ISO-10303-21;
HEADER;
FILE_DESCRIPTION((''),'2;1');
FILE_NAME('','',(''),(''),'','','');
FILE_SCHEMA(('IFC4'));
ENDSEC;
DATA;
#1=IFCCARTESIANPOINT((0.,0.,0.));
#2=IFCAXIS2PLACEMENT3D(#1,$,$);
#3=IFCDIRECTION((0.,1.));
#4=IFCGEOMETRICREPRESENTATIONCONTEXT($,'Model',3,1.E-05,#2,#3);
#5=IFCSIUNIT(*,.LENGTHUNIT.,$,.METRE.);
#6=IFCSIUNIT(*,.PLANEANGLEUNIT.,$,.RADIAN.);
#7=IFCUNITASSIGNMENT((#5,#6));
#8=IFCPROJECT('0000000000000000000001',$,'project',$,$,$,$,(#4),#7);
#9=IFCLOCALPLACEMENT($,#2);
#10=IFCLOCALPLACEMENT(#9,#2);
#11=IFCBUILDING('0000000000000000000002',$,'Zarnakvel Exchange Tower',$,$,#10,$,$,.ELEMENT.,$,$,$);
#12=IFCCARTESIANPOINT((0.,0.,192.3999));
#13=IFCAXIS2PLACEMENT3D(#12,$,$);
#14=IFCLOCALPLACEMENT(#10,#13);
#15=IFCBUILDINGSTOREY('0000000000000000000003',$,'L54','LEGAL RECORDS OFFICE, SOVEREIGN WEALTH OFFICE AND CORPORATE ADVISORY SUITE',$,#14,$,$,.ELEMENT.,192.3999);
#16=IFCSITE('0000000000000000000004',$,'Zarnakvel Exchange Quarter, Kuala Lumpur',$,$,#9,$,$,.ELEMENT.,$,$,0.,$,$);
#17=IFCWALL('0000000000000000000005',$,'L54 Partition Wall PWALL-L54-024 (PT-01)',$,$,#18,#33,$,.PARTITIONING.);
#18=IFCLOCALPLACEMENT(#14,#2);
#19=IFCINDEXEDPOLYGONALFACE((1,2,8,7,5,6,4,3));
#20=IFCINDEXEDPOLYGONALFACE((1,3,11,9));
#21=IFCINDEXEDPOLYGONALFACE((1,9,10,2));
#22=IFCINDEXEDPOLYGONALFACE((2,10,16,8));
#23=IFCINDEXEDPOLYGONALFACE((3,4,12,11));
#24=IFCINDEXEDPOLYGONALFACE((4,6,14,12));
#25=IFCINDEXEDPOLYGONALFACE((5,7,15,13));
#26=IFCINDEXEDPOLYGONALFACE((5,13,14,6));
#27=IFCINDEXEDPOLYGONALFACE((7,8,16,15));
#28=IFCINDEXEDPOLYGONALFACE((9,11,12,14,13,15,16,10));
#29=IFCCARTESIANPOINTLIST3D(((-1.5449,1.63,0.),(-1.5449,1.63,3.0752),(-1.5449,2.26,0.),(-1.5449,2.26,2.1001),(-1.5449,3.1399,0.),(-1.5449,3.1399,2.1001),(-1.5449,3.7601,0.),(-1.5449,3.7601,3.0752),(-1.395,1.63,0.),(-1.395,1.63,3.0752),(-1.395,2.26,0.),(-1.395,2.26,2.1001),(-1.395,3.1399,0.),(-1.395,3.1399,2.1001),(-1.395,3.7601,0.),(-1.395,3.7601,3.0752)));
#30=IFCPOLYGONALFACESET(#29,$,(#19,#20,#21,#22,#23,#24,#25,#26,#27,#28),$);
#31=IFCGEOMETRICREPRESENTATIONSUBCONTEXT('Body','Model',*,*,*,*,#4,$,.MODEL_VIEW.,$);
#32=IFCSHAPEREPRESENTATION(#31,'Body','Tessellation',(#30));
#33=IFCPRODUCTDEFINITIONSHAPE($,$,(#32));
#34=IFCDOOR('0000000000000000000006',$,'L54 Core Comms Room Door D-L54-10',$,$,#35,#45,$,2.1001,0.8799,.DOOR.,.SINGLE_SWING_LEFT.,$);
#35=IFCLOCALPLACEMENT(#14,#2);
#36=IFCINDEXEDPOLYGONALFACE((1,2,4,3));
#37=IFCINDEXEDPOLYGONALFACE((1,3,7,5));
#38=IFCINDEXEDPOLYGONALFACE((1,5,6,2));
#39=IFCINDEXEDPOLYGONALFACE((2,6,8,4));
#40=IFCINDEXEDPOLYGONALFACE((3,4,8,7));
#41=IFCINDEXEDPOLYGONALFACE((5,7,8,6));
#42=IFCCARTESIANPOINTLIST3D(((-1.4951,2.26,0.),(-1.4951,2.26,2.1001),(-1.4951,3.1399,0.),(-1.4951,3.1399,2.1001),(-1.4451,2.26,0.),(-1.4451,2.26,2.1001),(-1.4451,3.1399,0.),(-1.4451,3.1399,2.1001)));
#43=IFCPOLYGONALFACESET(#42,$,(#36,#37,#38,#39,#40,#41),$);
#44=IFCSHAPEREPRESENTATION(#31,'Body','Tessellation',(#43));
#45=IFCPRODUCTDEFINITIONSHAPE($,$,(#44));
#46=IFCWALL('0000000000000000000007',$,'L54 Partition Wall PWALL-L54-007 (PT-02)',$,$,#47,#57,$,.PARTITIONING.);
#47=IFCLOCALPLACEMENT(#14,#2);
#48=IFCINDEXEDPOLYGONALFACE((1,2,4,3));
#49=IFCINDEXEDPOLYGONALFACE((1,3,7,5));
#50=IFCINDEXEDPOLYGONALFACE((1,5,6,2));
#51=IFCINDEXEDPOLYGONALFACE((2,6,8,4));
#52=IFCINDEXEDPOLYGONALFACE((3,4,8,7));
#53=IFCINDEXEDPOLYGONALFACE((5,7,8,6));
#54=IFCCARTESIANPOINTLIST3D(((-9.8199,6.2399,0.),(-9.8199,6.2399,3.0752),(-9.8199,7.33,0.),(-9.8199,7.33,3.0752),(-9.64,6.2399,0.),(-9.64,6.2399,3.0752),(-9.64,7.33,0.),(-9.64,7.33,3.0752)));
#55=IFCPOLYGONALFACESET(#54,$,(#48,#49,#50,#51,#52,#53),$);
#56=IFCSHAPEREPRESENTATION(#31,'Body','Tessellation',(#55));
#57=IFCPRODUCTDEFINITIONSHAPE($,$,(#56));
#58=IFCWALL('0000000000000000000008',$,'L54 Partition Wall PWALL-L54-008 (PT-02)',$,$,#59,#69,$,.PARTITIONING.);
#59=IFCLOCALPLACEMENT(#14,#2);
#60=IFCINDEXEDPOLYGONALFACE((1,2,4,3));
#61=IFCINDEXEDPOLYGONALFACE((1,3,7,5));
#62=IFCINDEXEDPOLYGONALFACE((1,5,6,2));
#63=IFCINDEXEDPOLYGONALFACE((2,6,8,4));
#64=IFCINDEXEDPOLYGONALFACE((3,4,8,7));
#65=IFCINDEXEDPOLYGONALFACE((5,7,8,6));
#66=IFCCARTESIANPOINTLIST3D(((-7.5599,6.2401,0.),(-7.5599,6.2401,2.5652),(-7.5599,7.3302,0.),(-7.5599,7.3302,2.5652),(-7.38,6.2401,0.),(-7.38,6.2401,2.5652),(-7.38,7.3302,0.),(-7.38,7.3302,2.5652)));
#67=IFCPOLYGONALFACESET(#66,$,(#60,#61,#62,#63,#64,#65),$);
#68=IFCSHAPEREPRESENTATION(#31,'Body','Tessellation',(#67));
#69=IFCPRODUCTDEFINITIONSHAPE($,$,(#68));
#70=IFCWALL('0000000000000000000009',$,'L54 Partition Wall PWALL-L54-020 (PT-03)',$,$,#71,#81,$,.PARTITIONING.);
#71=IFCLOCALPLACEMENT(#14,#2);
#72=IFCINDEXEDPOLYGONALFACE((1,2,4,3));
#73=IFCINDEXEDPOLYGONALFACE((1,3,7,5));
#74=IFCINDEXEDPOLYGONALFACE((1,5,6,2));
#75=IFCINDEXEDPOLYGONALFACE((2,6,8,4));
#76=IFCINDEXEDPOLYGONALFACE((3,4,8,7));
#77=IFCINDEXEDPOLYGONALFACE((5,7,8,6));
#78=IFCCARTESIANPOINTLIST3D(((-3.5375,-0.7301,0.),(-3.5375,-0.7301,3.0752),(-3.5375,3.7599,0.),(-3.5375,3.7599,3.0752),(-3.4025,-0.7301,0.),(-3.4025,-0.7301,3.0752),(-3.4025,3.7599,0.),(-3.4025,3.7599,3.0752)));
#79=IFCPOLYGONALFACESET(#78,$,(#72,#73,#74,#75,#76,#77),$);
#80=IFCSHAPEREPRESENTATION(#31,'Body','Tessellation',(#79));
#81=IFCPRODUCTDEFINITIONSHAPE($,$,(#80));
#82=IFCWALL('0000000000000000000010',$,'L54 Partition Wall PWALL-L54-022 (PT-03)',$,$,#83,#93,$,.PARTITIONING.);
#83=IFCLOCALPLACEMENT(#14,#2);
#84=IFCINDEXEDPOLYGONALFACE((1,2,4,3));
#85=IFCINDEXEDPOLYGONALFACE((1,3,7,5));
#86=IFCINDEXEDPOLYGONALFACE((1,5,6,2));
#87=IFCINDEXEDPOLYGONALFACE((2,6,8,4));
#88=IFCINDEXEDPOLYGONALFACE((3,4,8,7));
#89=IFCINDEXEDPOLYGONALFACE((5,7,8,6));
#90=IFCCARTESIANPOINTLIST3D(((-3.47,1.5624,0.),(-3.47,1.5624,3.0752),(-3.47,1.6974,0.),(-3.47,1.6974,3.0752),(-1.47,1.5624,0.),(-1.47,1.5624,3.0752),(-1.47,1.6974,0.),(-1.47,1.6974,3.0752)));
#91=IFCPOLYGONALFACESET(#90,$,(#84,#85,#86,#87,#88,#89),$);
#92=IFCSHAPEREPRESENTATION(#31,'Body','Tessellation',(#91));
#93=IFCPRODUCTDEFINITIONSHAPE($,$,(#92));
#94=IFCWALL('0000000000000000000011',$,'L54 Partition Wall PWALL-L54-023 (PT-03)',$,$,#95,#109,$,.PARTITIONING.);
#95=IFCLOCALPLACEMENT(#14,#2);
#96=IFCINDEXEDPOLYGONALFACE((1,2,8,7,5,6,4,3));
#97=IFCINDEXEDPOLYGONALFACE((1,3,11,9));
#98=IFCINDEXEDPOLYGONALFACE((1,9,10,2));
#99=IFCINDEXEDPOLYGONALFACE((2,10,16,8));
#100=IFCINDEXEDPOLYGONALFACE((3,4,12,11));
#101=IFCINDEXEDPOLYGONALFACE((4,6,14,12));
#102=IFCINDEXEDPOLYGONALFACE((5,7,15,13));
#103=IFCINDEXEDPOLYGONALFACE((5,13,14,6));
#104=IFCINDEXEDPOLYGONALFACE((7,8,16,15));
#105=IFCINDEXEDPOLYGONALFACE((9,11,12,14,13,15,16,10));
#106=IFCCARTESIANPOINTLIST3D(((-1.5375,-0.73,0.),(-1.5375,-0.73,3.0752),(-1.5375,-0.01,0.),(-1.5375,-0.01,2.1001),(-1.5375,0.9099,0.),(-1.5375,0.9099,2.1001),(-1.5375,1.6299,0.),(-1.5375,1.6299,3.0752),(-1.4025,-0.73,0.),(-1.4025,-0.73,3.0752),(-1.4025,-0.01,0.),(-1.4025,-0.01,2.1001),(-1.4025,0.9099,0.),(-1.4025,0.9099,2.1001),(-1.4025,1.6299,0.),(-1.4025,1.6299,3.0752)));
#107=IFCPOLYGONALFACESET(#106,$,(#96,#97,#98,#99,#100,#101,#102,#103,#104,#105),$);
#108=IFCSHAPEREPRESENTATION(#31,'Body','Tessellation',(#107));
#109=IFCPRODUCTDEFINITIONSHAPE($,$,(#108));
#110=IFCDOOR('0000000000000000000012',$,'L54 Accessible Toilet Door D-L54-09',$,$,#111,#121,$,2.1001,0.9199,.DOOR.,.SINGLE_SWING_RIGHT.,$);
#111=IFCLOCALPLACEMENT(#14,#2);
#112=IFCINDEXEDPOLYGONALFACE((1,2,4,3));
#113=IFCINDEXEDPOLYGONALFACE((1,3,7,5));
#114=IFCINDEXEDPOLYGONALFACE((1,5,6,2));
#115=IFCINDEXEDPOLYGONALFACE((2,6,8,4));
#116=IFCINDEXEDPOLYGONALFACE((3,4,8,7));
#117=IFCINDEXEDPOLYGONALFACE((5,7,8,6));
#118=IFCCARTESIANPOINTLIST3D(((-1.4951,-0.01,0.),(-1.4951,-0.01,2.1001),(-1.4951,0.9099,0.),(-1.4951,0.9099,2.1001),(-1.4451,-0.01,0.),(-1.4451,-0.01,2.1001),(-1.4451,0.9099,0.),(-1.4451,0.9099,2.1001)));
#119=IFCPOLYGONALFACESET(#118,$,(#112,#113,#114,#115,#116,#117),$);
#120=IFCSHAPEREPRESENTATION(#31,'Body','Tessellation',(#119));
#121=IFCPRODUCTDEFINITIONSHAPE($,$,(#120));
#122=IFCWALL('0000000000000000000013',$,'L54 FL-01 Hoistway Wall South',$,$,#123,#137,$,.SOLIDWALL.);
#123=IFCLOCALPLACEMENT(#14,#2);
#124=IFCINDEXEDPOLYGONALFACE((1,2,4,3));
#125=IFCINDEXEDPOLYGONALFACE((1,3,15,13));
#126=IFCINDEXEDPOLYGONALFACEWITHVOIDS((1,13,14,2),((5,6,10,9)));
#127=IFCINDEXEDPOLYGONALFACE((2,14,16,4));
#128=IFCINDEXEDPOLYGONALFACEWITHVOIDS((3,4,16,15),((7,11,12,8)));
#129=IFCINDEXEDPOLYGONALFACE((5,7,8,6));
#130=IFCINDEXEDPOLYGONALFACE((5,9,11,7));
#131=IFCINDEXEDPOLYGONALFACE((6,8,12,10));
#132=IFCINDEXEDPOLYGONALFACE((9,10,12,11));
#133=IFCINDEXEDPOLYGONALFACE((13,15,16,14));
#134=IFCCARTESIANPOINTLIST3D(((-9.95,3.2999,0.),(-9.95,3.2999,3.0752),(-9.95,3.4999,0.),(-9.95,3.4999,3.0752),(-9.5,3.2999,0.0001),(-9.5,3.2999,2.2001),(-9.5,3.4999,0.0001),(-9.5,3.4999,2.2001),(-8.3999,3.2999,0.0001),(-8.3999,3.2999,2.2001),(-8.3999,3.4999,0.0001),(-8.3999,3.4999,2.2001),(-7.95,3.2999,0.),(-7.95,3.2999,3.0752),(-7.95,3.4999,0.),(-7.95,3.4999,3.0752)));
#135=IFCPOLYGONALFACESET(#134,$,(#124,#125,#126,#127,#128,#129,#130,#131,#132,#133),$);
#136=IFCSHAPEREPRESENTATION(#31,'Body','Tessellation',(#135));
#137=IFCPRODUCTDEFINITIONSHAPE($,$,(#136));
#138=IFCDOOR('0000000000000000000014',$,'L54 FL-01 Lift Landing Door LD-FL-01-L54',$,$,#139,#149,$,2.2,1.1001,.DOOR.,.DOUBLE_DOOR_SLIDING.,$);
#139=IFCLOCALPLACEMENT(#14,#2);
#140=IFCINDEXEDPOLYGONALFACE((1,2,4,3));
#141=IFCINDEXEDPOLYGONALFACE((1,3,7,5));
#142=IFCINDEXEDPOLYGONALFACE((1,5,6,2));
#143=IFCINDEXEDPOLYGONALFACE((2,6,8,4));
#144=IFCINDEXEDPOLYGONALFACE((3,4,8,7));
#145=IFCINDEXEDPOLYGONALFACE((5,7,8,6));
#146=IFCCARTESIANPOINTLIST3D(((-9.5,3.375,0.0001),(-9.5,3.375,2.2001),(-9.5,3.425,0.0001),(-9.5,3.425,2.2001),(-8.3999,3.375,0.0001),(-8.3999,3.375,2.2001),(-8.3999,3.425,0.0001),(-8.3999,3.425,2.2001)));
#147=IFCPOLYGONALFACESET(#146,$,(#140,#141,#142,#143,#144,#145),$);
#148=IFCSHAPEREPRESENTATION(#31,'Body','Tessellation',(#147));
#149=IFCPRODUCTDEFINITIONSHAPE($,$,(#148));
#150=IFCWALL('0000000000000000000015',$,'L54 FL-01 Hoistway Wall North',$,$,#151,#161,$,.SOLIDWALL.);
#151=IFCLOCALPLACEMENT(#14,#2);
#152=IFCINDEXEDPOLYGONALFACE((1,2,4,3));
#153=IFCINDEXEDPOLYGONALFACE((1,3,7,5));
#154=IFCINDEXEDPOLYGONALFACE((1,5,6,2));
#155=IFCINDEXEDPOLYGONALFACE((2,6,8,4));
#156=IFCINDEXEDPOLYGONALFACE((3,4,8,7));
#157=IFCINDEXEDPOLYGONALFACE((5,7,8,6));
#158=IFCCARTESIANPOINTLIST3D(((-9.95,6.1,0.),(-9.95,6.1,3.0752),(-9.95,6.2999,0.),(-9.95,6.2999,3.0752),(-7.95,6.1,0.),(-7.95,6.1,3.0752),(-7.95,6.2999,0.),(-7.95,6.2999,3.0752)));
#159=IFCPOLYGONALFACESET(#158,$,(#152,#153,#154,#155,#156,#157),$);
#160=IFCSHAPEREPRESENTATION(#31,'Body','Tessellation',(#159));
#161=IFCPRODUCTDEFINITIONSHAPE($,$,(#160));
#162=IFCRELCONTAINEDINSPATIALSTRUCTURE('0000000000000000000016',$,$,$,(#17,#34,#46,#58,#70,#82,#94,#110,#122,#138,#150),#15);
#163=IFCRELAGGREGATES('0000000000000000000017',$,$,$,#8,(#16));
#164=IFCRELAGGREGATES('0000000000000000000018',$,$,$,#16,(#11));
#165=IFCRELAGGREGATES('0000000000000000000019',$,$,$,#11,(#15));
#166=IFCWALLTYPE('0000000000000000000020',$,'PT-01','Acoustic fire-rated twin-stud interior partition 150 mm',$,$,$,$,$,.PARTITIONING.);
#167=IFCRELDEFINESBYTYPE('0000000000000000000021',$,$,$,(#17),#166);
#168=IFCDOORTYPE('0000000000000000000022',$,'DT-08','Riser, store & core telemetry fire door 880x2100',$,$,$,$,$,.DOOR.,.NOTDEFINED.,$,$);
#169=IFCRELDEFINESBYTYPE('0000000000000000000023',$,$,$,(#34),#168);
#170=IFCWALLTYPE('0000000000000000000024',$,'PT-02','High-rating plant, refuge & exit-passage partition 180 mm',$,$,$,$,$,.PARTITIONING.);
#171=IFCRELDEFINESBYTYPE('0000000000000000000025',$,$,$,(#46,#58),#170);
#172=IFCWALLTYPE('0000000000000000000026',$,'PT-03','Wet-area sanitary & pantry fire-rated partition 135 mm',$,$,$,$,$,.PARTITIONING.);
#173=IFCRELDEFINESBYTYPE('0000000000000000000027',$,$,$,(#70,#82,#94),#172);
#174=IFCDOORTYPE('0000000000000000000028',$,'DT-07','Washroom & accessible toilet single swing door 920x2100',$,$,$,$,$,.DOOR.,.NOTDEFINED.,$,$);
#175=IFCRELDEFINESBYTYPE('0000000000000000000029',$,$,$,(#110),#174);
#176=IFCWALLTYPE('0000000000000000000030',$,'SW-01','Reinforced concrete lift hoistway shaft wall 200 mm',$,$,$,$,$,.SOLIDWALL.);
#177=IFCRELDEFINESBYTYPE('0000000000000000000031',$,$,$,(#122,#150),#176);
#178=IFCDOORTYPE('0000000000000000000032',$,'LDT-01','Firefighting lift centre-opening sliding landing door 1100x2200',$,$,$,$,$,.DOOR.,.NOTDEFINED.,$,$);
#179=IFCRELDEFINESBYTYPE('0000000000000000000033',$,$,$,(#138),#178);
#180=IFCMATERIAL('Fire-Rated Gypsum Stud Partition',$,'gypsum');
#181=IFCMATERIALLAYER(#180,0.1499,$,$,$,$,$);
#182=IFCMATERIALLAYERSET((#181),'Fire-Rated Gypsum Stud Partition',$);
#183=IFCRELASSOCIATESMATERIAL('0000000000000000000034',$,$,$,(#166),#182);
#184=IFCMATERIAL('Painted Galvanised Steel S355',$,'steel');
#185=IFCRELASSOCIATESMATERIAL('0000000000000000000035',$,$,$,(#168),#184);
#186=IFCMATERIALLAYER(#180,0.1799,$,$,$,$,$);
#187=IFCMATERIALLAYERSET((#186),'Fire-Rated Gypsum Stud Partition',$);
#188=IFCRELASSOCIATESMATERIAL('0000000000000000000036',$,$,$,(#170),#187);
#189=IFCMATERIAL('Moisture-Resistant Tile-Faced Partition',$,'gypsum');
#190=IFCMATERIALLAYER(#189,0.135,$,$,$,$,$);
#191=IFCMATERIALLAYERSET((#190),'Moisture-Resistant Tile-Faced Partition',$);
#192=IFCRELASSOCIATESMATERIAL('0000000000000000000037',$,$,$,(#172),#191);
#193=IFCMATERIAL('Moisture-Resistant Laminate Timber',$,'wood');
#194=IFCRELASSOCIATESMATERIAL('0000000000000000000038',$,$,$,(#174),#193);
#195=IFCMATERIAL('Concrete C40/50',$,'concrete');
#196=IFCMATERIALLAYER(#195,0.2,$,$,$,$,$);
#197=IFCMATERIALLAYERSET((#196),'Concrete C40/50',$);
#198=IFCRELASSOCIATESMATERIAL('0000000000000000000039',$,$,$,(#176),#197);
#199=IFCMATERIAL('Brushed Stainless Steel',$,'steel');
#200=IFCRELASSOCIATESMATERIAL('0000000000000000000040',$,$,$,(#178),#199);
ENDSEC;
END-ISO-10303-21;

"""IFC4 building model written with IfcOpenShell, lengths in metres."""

from ifc_helpers import new_model, si_unit, direction, frame, frame_2d, origin, place, context, subcontext, project, spatial, rectangle, extrude, source, transform, mapped, material, layer, layer_set, type_object, element, fill, save


model = new_model("IFC4")

# Units and contexts
model_context = context("Model", 3, precision=1e-05, world=origin(), true_north=direction((0.0, 1.0)))
body_context = subcontext(model_context, "Body", "Model", "MODEL_VIEW")
ifc_project = project(units=[si_unit("LENGTHUNIT", "METRE"), si_unit("PLANEANGLEUNIT", "RADIAN")], contexts=[model_context])

# Site, building, storey
site_placement = place(None, origin())
site = spatial("IfcSite", under=ifc_project, at=site_placement, Name="Zarnakvel Exchange Quarter, Kuala Lumpur", CompositionType="ELEMENT", RefElevation=0.0)
building_placement = place(site_placement, origin())
building = spatial("IfcBuilding", under=site, at=building_placement, Name="Zarnakvel Exchange Tower", CompositionType="ELEMENT")
storey_placement = place(building_placement, frame((0.0, 0.0, 192.3999)))
storey = spatial("IfcBuildingStorey", under=building, at=storey_placement, Name="L54", Description="LEGAL RECORDS OFFICE, SOVEREIGN WEALTH OFFICE AND CORPORATE ADVISORY SUITE", CompositionType="ELEMENT", Elevation=192.3999)

# Wall, opening, door
ifc_material_1 = material(Name="Fire-Rated Gypsum Stud Partition", Category="gypsum")
ifc_layer_1 = layer(ifc_material_1, 0.1499)
ifc_layer_set_1 = layer_set([ifc_layer_1], Name="Fire-Rated Gypsum Stud Partition")
wall_type_1 = type_object("IfcWallType", Name="PT-01", Description="Acoustic fire-rated twin-stud interior partition 150 mm", PredefinedType="PARTITIONING", material=ifc_layer_set_1)
wall_1_placement = place(storey_placement, frame((-1.47, 3.76, 0.0), z_axis=(0.0, 0.0, 1.0), x_axis=(0.0, -1.0, 0.0)))
wall_1 = element("IfcWall", 1, at=wall_1_placement, inside=storey, type_object=wall_type_1, Name="L54 Partition Wall PWALL-L54-024 (PT-01)", PredefinedType="PARTITIONING", context=body_context, shape_type="SweptSolid", body=[
    extrude(rectangle(XDim=2.1301, YDim=0.1499, at=frame_2d((1.0649, 0.0))), origin(), (0.0, 0.0, 1.0), 3.0752),
])
opening_1_placement = place(wall_1_placement, frame((0.6201, 0.0, 0.0)))
opening_1 = element("IfcOpeningElement", 2, at=opening_1_placement, cuts=wall_1, PredefinedType="OPENING", context=body_context, shape_type="SweptSolid", body=[
    extrude(rectangle(XDim=0.8799, YDim=2.1001, at=frame_2d((0.4399, 1.05))), frame((0.0, 0.085, 0.0), z_axis=(0.0, -1.0, 0.0), x_axis=(1.0, 0.0, 0.0)), (0.0, 0.0, 1.0), 0.1699),
])
ifc_material_2 = material(Name="Painted Galvanised Steel S355", Category="steel")
door_type_1 = type_object("IfcDoorType", Name="DT-08", Description="Riser, store & core telemetry fire door 880x2100", OperationType="NOTDEFINED", PredefinedType="DOOR", material=ifc_material_2)
shared_shape_1 = source(origin(), body_context, "Body", "SweptSolid", [
    extrude(rectangle(XDim=0.8799, YDim=2.1001, at=frame_2d((0.4399, 1.05))), frame((0.0, 0.0249, 0.0), z_axis=(0.0, -1.0, 0.0), x_axis=(1.0, 0.0, 0.0)), (0.0, 0.0, 1.0), 0.05),
])
door_1_placement = place(opening_1_placement, origin())
door_1 = element("IfcDoor", 3, at=door_1_placement, inside=storey, type_object=door_type_1, Name="L54 Core Comms Room Door D-L54-10", OperationType="SINGLE_SWING_LEFT", OverallHeight=2.1001, OverallWidth=0.8799, PredefinedType="DOOR", context=body_context, shape_type="MappedRepresentation", body=[
    mapped(shared_shape_1, transform((0.0, 0.0, 0.0), x_axis=(1.0, 0.0, 0.0), y_axis=(0.0, 1.0, 0.0), z_axis=(0.0, 0.0, 1.0), scale=1.0)),
])
fill(opening_1, door_1)

# Walls
ifc_layer_2 = layer(ifc_material_1, 0.1799)
ifc_layer_set_2 = layer_set([ifc_layer_2], Name="Fire-Rated Gypsum Stud Partition")
wall_type_2 = type_object("IfcWallType", Name="PT-02", Description="High-rating plant, refuge & exit-passage partition 180 mm", PredefinedType="PARTITIONING", material=ifc_layer_set_2)
wall_2_placement = place(storey_placement, frame((-9.73, 6.24, 0.0), z_axis=(0.0, 0.0, 1.0), x_axis=(0.0, 1.0, 0.0)))
element("IfcWall", 4, at=wall_2_placement, inside=storey, type_object=wall_type_2, Name="L54 Partition Wall PWALL-L54-007 (PT-02)", PredefinedType="PARTITIONING", context=body_context, shape_type="SweptSolid", body=[
    extrude(rectangle(XDim=1.0901, YDim=0.1799, at=frame_2d((0.5449, 0.0))), origin(), (0.0, 0.0, 1.0), 3.0752),
])
wall_3_placement = place(storey_placement, frame((-7.47, 7.3301, 0.0), z_axis=(0.0, 0.0, 1.0), x_axis=(0.0, -1.0, 0.0)))
element("IfcWall", 5, at=wall_3_placement, inside=storey, type_object=wall_type_2, Name="L54 Partition Wall PWALL-L54-008 (PT-02)", PredefinedType="PARTITIONING", context=body_context, shape_type="SweptSolid", body=[
    extrude(rectangle(XDim=1.0901, YDim=0.1799, at=frame_2d((0.5449, 0.0))), origin(), (0.0, 0.0, 1.0), 2.5652),
])
ifc_material_3 = material(Name="Moisture-Resistant Tile-Faced Partition", Category="gypsum")
ifc_layer_3 = layer(ifc_material_3, 0.135)
ifc_layer_set_3 = layer_set([ifc_layer_3], Name="Moisture-Resistant Tile-Faced Partition")
wall_type_3 = type_object("IfcWallType", Name="PT-03", Description="Wet-area sanitary & pantry fire-rated partition 135 mm", PredefinedType="PARTITIONING", material=ifc_layer_set_3)
wall_4_placement = place(storey_placement, frame((-3.47, 3.76, 0.0), z_axis=(0.0, 0.0, 1.0), x_axis=(0.0, -1.0, 0.0)))
element("IfcWall", 6, at=wall_4_placement, inside=storey, type_object=wall_type_3, Name="L54 Partition Wall PWALL-L54-020 (PT-03)", PredefinedType="PARTITIONING", context=body_context, shape_type="SweptSolid", body=[
    extrude(rectangle(XDim=4.49, YDim=0.135, at=frame_2d((2.2451, 0.0))), origin(), (0.0, 0.0, 1.0), 3.0752),
])
wall_5_placement = place(storey_placement, frame((-3.47, 1.6299, 0.0), z_axis=(0.0, 0.0, 1.0), x_axis=(1.0, 0.0, 0.0)))
element("IfcWall", 7, at=wall_5_placement, inside=storey, type_object=wall_type_3, Name="L54 Partition Wall PWALL-L54-022 (PT-03)", PredefinedType="PARTITIONING", context=body_context, shape_type="SweptSolid", body=[
    extrude(rectangle(XDim=2.0, YDim=0.135, at=frame_2d((1.0, 0.0))), origin(), (0.0, 0.0, 1.0), 3.0752),
])

# Walls, openings, doors
wall_6_placement = place(storey_placement, frame((-1.47, 1.6299, 0.0), z_axis=(0.0, 0.0, 1.0), x_axis=(0.0, -1.0, 0.0)))
wall_6 = element("IfcWall", 8, at=wall_6_placement, inside=storey, type_object=wall_type_3, Name="L54 Partition Wall PWALL-L54-023 (PT-03)", PredefinedType="PARTITIONING", context=body_context, shape_type="SweptSolid", body=[
    extrude(rectangle(XDim=2.3599, YDim=0.135, at=frame_2d((1.1799, 0.0))), origin(), (0.0, 0.0, 1.0), 3.0752),
])
opening_2_placement = place(wall_6_placement, frame((0.72, 0.0, 0.0)))
opening_2 = element("IfcOpeningElement", 9, at=opening_2_placement, cuts=wall_6, PredefinedType="OPENING", context=body_context, shape_type="SweptSolid", body=[
    extrude(rectangle(XDim=0.9199, YDim=2.1001, at=frame_2d((0.46, 1.05))), frame((0.0, 0.0774, 0.0), z_axis=(0.0, -1.0, 0.0), x_axis=(1.0, 0.0, 0.0)), (0.0, 0.0, 1.0), 0.155),
])
ifc_material_4 = material(Name="Moisture-Resistant Laminate Timber", Category="wood")
door_type_2 = type_object("IfcDoorType", Name="DT-07", Description="Washroom & accessible toilet single swing door 920x2100", OperationType="NOTDEFINED", PredefinedType="DOOR", material=ifc_material_4)
shared_shape_2 = source(origin(), body_context, "Body", "SweptSolid", [
    extrude(rectangle(XDim=0.9199, YDim=2.1001, at=frame_2d((0.46, 1.05))), frame((0.0, 0.0249, 0.0), z_axis=(0.0, -1.0, 0.0), x_axis=(1.0, 0.0, 0.0)), (0.0, 0.0, 1.0), 0.05),
])
door_2_placement = place(opening_2_placement, origin())
door_2 = element("IfcDoor", 10, at=door_2_placement, inside=storey, type_object=door_type_2, Name="L54 Accessible Toilet Door D-L54-09", OperationType="SINGLE_SWING_RIGHT", OverallHeight=2.1001, OverallWidth=0.9199, PredefinedType="DOOR", context=body_context, shape_type="MappedRepresentation", body=[
    mapped(shared_shape_2, transform((0.0, 0.0, 0.0), x_axis=(1.0, 0.0, 0.0), y_axis=(0.0, 1.0, 0.0), z_axis=(0.0, 0.0, 1.0), scale=1.0)),
])
fill(opening_2, door_2)
ifc_material_5 = material(Name="Concrete C40/50", Category="concrete")
ifc_layer_4 = layer(ifc_material_5, 0.2)
ifc_layer_set_4 = layer_set([ifc_layer_4], Name="Concrete C40/50")
wall_type_4 = type_object("IfcWallType", Name="SW-01", Description="Reinforced concrete lift hoistway shaft wall 200 mm", PredefinedType="SOLIDWALL", material=ifc_layer_set_4)
wall_7_placement = place(storey_placement, frame((-7.95, 3.3999, 0.0), z_axis=(0.0, 0.0, 1.0), x_axis=(-1.0, 0.0, 0.0)))
wall_7 = element("IfcWall", 11, at=wall_7_placement, inside=storey, type_object=wall_type_4, Name="L54 FL-01 Hoistway Wall South", PredefinedType="SOLIDWALL", context=body_context, shape_type="SweptSolid", body=[
    extrude(rectangle(XDim=2.0, YDim=0.2, at=frame_2d((1.0, 0.0))), origin(), (0.0, 0.0, 1.0), 3.0752),
])
opening_3_placement = place(wall_7_placement, frame((0.45, 0.0, 0.0)))
opening_3 = element("IfcOpeningElement", 12, at=opening_3_placement, cuts=wall_7, PredefinedType="OPENING", context=body_context, shape_type="SweptSolid", body=[
    extrude(rectangle(XDim=1.1001, YDim=2.2, at=frame_2d((0.55, 1.1001))), frame((0.0, 0.1099, 0.0), z_axis=(0.0, -1.0, 0.0), x_axis=(1.0, 0.0, 0.0)), (0.0, 0.0, 1.0), 0.22),
])
ifc_material_6 = material(Name="Brushed Stainless Steel", Category="steel")
door_type_3 = type_object("IfcDoorType", Name="LDT-01", Description="Firefighting lift centre-opening sliding landing door 1100x2200", OperationType="NOTDEFINED", PredefinedType="DOOR", material=ifc_material_6)
shared_shape_3 = source(origin(), body_context, "Body", "SweptSolid", [
    extrude(rectangle(XDim=1.1001, YDim=2.2, at=frame_2d((0.55, 1.1001))), frame((0.0, 0.0249, 0.0), z_axis=(0.0, -1.0, 0.0), x_axis=(1.0, 0.0, 0.0)), (0.0, 0.0, 1.0), 0.05),
])
door_3_placement = place(opening_3_placement, origin())
door_3 = element("IfcDoor", 13, at=door_3_placement, inside=storey, type_object=door_type_3, Name="L54 FL-01 Lift Landing Door LD-FL-01-L54", OperationType="DOUBLE_DOOR_SLIDING", OverallHeight=2.2, OverallWidth=1.1001, PredefinedType="DOOR", context=body_context, shape_type="MappedRepresentation", body=[
    mapped(shared_shape_3, transform((0.0, 0.0, 0.0), x_axis=(1.0, 0.0, 0.0), y_axis=(0.0, 1.0, 0.0), z_axis=(0.0, 0.0, 1.0), scale=1.0)),
])
fill(opening_3, door_3)

# Wall
wall_8_placement = place(storey_placement, frame((-9.95, 6.2, 0.0), z_axis=(0.0, 0.0, 1.0), x_axis=(1.0, 0.0, 0.0)))
element("IfcWall", 14, at=wall_8_placement, inside=storey, type_object=wall_type_4, Name="L54 FL-01 Hoistway Wall North", PredefinedType="SOLIDWALL", context=body_context, shape_type="SweptSolid", body=[
    extrude(rectangle(XDim=2.0, YDim=0.2, at=frame_2d((1.0, 0.0))), origin(), (0.0, 0.0, 1.0), 3.0752),
])

save(model, "model.ifc")
